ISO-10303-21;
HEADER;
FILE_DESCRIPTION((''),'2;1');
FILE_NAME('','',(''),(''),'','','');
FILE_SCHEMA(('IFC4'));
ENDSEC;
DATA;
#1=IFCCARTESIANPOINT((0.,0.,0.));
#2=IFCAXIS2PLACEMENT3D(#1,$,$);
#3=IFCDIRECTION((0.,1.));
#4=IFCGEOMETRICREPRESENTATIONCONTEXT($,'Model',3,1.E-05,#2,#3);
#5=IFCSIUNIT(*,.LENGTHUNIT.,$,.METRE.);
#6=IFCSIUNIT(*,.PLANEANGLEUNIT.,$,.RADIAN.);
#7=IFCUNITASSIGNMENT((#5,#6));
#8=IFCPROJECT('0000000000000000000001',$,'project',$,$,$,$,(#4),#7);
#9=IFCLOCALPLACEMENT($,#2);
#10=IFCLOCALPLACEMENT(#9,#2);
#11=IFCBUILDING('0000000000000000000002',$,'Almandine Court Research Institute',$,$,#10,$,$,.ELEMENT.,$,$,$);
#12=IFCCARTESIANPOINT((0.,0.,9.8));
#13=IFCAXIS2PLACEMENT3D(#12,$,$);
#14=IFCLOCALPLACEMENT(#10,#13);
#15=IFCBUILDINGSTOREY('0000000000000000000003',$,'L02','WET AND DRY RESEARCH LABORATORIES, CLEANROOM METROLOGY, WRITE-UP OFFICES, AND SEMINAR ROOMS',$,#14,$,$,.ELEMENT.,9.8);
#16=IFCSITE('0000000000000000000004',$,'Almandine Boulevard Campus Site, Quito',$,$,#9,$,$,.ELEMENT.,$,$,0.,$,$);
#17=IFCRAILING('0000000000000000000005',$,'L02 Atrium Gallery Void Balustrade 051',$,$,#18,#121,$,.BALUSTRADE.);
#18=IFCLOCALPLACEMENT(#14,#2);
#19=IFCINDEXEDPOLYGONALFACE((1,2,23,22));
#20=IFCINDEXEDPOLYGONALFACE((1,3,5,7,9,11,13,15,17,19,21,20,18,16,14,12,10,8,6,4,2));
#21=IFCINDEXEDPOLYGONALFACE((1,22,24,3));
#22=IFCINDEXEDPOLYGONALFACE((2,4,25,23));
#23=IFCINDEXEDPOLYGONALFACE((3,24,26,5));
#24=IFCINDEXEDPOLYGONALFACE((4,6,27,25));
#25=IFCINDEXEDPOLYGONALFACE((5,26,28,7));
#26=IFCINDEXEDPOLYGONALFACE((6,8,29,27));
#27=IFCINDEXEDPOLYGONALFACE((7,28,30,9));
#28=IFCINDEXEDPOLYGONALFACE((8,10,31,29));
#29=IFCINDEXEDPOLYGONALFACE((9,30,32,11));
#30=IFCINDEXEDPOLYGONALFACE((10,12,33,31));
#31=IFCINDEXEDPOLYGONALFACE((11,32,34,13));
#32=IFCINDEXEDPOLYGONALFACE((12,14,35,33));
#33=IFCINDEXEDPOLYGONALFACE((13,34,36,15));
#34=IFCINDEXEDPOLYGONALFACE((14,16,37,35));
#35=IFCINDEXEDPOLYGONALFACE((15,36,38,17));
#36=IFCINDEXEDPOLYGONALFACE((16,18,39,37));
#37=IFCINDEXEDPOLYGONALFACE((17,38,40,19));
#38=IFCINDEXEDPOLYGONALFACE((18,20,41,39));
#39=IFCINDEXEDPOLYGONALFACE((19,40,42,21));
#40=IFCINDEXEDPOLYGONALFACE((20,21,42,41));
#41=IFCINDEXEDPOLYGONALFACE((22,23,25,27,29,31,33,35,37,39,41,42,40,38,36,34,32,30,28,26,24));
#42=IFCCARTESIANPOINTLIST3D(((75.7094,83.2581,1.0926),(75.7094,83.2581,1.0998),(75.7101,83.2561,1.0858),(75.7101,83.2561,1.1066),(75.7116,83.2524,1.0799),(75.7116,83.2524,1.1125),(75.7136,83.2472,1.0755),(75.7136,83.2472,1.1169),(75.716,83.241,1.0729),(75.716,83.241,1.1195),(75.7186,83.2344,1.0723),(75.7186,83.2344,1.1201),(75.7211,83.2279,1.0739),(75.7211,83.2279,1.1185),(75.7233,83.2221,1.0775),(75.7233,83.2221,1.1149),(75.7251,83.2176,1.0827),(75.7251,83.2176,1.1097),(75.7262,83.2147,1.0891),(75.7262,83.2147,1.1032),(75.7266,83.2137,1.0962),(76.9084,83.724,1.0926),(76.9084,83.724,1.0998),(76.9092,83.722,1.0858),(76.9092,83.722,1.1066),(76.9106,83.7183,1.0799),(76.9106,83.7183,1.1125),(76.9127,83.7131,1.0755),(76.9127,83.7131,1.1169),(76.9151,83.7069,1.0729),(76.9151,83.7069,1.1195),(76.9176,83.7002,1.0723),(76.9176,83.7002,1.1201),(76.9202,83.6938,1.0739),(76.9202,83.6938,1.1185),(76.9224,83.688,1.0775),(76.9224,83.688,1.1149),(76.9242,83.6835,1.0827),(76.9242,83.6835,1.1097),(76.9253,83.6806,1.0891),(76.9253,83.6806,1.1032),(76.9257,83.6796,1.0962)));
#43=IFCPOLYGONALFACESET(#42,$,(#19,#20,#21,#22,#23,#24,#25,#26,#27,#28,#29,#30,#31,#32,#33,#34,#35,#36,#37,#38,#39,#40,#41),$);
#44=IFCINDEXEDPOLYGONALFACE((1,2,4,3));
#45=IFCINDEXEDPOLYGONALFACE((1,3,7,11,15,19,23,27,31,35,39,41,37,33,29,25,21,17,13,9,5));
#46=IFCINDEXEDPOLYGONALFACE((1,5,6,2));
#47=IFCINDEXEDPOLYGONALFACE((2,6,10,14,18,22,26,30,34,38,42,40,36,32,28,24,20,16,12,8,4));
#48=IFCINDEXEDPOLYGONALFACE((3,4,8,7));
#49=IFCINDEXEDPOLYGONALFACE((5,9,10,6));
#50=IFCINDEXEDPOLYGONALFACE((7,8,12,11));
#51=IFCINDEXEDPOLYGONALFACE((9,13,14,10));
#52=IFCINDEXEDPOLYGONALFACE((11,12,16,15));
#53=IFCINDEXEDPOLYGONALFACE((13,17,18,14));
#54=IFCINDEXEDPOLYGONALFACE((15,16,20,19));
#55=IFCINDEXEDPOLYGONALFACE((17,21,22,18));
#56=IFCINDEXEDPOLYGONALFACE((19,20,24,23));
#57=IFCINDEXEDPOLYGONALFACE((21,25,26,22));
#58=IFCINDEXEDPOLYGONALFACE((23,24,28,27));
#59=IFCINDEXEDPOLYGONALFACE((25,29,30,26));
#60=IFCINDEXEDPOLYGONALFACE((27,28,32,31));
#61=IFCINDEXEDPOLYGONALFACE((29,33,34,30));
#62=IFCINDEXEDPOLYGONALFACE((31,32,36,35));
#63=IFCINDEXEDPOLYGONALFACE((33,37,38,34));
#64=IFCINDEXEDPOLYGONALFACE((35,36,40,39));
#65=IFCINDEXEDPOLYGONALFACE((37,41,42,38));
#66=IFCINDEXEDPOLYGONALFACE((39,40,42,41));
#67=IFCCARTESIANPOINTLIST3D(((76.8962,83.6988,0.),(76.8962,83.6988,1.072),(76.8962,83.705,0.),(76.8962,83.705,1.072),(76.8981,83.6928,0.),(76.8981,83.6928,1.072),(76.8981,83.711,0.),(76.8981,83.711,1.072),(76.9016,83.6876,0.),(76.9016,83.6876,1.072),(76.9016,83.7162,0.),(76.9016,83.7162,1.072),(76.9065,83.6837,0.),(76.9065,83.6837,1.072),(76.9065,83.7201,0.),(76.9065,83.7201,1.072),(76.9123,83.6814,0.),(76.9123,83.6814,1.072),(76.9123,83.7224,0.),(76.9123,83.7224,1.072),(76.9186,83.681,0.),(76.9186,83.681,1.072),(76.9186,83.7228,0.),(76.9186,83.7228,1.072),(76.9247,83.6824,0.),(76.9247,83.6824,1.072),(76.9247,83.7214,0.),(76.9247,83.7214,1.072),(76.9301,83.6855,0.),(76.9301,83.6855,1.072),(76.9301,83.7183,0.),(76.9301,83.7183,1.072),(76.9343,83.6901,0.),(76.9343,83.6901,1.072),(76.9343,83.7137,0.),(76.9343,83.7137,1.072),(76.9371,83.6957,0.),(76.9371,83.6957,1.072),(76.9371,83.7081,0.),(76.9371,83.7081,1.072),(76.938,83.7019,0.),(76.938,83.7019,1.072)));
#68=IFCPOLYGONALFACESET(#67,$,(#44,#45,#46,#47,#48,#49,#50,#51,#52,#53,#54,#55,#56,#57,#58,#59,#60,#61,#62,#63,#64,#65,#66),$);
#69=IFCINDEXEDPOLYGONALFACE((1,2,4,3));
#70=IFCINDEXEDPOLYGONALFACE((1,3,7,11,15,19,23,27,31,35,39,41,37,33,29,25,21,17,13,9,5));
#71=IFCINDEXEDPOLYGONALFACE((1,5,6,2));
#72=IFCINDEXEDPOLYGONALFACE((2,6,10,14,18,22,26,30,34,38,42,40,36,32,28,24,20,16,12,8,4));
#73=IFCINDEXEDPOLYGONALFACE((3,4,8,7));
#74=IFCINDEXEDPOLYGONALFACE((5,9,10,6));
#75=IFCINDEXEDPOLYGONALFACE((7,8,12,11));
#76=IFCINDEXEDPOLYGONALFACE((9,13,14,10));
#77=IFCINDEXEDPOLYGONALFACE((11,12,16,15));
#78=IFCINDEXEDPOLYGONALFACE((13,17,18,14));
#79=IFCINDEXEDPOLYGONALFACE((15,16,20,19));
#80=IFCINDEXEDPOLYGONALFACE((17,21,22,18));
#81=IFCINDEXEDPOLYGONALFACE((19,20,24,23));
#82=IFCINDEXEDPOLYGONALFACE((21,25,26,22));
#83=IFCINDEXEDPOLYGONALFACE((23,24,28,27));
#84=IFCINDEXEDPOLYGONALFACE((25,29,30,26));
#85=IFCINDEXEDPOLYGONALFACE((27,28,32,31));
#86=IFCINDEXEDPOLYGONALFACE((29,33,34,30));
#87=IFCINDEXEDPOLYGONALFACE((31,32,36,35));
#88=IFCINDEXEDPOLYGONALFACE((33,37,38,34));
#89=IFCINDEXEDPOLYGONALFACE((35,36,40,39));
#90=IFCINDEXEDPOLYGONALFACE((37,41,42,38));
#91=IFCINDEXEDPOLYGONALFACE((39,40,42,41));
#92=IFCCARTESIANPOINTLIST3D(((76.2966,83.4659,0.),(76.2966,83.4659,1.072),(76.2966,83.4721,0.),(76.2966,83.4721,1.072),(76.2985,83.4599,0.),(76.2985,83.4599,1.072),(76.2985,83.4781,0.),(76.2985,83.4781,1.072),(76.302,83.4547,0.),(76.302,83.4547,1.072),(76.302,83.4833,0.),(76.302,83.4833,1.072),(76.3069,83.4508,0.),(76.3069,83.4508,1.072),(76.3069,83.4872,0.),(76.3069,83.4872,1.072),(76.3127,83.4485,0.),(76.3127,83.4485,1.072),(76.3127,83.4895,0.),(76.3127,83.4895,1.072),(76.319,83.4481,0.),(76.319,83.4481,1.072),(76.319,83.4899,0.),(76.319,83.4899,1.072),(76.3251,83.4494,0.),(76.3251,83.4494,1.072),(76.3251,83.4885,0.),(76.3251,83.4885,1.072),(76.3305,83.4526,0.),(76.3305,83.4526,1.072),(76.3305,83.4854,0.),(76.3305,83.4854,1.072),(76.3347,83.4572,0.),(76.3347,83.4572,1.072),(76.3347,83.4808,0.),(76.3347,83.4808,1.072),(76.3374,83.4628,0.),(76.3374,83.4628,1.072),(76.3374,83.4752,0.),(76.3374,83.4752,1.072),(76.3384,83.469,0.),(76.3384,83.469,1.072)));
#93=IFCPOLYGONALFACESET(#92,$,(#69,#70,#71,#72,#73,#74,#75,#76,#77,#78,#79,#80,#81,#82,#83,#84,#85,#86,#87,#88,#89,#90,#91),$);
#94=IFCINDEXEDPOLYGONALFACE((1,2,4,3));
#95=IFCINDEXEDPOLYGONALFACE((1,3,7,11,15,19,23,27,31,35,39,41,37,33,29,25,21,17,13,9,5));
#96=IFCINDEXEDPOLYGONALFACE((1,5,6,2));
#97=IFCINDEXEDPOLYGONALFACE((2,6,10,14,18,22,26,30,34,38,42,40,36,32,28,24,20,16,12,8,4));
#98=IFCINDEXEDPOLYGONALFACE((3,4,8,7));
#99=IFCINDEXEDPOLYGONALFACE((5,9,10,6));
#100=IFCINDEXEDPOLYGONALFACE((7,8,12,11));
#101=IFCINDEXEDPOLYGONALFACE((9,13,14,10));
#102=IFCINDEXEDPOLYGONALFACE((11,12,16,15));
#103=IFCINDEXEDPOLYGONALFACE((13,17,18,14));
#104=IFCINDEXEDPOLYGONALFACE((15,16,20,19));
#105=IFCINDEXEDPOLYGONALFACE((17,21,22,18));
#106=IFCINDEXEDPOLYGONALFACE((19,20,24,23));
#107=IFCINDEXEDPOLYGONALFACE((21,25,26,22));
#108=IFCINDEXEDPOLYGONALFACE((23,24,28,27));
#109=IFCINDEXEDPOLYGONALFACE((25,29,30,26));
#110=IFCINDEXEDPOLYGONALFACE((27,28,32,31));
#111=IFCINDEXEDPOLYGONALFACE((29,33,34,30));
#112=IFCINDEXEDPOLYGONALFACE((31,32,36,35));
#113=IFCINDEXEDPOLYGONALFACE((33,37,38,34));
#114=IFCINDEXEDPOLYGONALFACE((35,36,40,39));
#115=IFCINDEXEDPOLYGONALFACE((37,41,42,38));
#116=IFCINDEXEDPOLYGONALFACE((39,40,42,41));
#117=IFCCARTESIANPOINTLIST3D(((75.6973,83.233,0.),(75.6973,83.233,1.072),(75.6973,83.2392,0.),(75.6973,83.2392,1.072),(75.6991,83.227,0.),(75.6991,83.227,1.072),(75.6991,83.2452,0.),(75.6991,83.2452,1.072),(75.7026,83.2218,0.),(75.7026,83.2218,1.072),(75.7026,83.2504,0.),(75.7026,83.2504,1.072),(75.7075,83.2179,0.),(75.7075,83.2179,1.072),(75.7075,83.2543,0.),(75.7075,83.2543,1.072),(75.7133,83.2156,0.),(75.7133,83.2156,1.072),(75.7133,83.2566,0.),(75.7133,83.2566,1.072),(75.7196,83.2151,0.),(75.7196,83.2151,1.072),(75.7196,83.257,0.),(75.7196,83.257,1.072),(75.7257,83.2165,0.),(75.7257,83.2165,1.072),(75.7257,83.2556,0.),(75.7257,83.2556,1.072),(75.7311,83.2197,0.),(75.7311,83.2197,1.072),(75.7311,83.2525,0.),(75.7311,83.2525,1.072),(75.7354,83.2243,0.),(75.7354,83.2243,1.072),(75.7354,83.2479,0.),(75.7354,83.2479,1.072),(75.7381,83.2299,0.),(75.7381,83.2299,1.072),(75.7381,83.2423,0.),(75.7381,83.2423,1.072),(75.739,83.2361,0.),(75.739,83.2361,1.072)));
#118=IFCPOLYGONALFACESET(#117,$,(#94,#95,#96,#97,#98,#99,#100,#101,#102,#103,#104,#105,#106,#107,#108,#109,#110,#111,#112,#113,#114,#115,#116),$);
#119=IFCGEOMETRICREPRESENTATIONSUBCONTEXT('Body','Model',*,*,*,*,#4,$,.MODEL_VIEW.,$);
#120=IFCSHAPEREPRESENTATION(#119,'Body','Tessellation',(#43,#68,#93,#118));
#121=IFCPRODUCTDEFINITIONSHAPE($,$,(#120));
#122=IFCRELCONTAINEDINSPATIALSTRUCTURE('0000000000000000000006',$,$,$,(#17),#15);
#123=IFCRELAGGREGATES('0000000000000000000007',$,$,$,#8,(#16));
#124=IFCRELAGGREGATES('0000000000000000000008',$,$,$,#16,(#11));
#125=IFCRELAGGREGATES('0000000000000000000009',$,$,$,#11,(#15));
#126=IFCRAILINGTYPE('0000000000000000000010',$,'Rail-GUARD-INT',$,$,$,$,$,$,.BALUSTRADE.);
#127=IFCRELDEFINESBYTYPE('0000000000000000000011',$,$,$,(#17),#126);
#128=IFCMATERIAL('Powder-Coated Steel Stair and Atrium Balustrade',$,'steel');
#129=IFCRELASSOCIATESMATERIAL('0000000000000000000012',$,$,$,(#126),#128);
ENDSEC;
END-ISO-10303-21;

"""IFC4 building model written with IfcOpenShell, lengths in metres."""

from ifc_helpers import new_model, si_unit, direction, frame, origin, origin_2d, place, context, subcontext, project, spatial, circle, extrude, material, type_object, element, save


model = new_model("IFC4")

# Units and contexts
model_context = context("Model", 3, precision=1e-05, world=origin(), true_north=direction((0.0, 1.0)))
body_context = subcontext(model_context, "Body", "Model", "MODEL_VIEW")
ifc_project = project(units=[si_unit("LENGTHUNIT", "METRE"), si_unit("PLANEANGLEUNIT", "RADIAN")], contexts=[model_context])

# Site, building, storey
site_placement = place(None, origin())
site = spatial("IfcSite", under=ifc_project, at=site_placement, Name="Almandine Boulevard Campus Site, Quito", CompositionType="ELEMENT", RefElevation=0.0)
building_placement = place(site_placement, origin())
building = spatial("IfcBuilding", under=site, at=building_placement, Name="Almandine Court Research Institute", CompositionType="ELEMENT")
storey_placement = place(building_placement, frame((0.0, 0.0, 9.8)))
storey = spatial("IfcBuildingStorey", under=building, at=storey_placement, Name="L02", Description="WET AND DRY RESEARCH LABORATORIES, CLEANROOM METROLOGY, WRITE-UP OFFICES, AND SEMINAR ROOMS", CompositionType="ELEMENT", Elevation=9.8)

# Railing
ifc_material_1 = material(Name="Powder-Coated Steel Stair and Atrium Balustrade", Category="steel")
railing_type_1 = type_object("IfcRailingType", Name="Rail-GUARD-INT", PredefinedType="BALUSTRADE", material=ifc_material_1)
railing_1_placement = place(storey_placement, frame((76.917, 83.7019, 0.0)))
element("IfcRailing", 1, at=railing_1_placement, inside=storey, type_object=railing_type_1, Name="L02 Atrium Gallery Void Balustrade 051", PredefinedType="BALUSTRADE", context=body_context, shape_type="SweptSolid", body=[
    extrude(circle(Radius=0.0239, at=origin_2d()), frame((0.0, 0.0, 1.0962), z_axis=(-0.932122, -0.362144, 0.0), x_axis=(0.362144, -0.932122, 0.0)), (0.0, 0.0, 1.0), 1.2864),
    extrude(circle(Radius=0.021, at=origin_2d()), origin(), (0.0, 0.0, 1.0), 1.072),
    extrude(circle(Radius=0.021, at=origin_2d()), frame((-0.5996, -0.2329, 0.0)), (0.0, 0.0, 1.0), 1.072),
    extrude(circle(Radius=0.021, at=origin_2d()), frame((-1.199, -0.4658, 0.0)), (0.0, 0.0, 1.0), 1.072),
])

save(model, "model.ifc")
